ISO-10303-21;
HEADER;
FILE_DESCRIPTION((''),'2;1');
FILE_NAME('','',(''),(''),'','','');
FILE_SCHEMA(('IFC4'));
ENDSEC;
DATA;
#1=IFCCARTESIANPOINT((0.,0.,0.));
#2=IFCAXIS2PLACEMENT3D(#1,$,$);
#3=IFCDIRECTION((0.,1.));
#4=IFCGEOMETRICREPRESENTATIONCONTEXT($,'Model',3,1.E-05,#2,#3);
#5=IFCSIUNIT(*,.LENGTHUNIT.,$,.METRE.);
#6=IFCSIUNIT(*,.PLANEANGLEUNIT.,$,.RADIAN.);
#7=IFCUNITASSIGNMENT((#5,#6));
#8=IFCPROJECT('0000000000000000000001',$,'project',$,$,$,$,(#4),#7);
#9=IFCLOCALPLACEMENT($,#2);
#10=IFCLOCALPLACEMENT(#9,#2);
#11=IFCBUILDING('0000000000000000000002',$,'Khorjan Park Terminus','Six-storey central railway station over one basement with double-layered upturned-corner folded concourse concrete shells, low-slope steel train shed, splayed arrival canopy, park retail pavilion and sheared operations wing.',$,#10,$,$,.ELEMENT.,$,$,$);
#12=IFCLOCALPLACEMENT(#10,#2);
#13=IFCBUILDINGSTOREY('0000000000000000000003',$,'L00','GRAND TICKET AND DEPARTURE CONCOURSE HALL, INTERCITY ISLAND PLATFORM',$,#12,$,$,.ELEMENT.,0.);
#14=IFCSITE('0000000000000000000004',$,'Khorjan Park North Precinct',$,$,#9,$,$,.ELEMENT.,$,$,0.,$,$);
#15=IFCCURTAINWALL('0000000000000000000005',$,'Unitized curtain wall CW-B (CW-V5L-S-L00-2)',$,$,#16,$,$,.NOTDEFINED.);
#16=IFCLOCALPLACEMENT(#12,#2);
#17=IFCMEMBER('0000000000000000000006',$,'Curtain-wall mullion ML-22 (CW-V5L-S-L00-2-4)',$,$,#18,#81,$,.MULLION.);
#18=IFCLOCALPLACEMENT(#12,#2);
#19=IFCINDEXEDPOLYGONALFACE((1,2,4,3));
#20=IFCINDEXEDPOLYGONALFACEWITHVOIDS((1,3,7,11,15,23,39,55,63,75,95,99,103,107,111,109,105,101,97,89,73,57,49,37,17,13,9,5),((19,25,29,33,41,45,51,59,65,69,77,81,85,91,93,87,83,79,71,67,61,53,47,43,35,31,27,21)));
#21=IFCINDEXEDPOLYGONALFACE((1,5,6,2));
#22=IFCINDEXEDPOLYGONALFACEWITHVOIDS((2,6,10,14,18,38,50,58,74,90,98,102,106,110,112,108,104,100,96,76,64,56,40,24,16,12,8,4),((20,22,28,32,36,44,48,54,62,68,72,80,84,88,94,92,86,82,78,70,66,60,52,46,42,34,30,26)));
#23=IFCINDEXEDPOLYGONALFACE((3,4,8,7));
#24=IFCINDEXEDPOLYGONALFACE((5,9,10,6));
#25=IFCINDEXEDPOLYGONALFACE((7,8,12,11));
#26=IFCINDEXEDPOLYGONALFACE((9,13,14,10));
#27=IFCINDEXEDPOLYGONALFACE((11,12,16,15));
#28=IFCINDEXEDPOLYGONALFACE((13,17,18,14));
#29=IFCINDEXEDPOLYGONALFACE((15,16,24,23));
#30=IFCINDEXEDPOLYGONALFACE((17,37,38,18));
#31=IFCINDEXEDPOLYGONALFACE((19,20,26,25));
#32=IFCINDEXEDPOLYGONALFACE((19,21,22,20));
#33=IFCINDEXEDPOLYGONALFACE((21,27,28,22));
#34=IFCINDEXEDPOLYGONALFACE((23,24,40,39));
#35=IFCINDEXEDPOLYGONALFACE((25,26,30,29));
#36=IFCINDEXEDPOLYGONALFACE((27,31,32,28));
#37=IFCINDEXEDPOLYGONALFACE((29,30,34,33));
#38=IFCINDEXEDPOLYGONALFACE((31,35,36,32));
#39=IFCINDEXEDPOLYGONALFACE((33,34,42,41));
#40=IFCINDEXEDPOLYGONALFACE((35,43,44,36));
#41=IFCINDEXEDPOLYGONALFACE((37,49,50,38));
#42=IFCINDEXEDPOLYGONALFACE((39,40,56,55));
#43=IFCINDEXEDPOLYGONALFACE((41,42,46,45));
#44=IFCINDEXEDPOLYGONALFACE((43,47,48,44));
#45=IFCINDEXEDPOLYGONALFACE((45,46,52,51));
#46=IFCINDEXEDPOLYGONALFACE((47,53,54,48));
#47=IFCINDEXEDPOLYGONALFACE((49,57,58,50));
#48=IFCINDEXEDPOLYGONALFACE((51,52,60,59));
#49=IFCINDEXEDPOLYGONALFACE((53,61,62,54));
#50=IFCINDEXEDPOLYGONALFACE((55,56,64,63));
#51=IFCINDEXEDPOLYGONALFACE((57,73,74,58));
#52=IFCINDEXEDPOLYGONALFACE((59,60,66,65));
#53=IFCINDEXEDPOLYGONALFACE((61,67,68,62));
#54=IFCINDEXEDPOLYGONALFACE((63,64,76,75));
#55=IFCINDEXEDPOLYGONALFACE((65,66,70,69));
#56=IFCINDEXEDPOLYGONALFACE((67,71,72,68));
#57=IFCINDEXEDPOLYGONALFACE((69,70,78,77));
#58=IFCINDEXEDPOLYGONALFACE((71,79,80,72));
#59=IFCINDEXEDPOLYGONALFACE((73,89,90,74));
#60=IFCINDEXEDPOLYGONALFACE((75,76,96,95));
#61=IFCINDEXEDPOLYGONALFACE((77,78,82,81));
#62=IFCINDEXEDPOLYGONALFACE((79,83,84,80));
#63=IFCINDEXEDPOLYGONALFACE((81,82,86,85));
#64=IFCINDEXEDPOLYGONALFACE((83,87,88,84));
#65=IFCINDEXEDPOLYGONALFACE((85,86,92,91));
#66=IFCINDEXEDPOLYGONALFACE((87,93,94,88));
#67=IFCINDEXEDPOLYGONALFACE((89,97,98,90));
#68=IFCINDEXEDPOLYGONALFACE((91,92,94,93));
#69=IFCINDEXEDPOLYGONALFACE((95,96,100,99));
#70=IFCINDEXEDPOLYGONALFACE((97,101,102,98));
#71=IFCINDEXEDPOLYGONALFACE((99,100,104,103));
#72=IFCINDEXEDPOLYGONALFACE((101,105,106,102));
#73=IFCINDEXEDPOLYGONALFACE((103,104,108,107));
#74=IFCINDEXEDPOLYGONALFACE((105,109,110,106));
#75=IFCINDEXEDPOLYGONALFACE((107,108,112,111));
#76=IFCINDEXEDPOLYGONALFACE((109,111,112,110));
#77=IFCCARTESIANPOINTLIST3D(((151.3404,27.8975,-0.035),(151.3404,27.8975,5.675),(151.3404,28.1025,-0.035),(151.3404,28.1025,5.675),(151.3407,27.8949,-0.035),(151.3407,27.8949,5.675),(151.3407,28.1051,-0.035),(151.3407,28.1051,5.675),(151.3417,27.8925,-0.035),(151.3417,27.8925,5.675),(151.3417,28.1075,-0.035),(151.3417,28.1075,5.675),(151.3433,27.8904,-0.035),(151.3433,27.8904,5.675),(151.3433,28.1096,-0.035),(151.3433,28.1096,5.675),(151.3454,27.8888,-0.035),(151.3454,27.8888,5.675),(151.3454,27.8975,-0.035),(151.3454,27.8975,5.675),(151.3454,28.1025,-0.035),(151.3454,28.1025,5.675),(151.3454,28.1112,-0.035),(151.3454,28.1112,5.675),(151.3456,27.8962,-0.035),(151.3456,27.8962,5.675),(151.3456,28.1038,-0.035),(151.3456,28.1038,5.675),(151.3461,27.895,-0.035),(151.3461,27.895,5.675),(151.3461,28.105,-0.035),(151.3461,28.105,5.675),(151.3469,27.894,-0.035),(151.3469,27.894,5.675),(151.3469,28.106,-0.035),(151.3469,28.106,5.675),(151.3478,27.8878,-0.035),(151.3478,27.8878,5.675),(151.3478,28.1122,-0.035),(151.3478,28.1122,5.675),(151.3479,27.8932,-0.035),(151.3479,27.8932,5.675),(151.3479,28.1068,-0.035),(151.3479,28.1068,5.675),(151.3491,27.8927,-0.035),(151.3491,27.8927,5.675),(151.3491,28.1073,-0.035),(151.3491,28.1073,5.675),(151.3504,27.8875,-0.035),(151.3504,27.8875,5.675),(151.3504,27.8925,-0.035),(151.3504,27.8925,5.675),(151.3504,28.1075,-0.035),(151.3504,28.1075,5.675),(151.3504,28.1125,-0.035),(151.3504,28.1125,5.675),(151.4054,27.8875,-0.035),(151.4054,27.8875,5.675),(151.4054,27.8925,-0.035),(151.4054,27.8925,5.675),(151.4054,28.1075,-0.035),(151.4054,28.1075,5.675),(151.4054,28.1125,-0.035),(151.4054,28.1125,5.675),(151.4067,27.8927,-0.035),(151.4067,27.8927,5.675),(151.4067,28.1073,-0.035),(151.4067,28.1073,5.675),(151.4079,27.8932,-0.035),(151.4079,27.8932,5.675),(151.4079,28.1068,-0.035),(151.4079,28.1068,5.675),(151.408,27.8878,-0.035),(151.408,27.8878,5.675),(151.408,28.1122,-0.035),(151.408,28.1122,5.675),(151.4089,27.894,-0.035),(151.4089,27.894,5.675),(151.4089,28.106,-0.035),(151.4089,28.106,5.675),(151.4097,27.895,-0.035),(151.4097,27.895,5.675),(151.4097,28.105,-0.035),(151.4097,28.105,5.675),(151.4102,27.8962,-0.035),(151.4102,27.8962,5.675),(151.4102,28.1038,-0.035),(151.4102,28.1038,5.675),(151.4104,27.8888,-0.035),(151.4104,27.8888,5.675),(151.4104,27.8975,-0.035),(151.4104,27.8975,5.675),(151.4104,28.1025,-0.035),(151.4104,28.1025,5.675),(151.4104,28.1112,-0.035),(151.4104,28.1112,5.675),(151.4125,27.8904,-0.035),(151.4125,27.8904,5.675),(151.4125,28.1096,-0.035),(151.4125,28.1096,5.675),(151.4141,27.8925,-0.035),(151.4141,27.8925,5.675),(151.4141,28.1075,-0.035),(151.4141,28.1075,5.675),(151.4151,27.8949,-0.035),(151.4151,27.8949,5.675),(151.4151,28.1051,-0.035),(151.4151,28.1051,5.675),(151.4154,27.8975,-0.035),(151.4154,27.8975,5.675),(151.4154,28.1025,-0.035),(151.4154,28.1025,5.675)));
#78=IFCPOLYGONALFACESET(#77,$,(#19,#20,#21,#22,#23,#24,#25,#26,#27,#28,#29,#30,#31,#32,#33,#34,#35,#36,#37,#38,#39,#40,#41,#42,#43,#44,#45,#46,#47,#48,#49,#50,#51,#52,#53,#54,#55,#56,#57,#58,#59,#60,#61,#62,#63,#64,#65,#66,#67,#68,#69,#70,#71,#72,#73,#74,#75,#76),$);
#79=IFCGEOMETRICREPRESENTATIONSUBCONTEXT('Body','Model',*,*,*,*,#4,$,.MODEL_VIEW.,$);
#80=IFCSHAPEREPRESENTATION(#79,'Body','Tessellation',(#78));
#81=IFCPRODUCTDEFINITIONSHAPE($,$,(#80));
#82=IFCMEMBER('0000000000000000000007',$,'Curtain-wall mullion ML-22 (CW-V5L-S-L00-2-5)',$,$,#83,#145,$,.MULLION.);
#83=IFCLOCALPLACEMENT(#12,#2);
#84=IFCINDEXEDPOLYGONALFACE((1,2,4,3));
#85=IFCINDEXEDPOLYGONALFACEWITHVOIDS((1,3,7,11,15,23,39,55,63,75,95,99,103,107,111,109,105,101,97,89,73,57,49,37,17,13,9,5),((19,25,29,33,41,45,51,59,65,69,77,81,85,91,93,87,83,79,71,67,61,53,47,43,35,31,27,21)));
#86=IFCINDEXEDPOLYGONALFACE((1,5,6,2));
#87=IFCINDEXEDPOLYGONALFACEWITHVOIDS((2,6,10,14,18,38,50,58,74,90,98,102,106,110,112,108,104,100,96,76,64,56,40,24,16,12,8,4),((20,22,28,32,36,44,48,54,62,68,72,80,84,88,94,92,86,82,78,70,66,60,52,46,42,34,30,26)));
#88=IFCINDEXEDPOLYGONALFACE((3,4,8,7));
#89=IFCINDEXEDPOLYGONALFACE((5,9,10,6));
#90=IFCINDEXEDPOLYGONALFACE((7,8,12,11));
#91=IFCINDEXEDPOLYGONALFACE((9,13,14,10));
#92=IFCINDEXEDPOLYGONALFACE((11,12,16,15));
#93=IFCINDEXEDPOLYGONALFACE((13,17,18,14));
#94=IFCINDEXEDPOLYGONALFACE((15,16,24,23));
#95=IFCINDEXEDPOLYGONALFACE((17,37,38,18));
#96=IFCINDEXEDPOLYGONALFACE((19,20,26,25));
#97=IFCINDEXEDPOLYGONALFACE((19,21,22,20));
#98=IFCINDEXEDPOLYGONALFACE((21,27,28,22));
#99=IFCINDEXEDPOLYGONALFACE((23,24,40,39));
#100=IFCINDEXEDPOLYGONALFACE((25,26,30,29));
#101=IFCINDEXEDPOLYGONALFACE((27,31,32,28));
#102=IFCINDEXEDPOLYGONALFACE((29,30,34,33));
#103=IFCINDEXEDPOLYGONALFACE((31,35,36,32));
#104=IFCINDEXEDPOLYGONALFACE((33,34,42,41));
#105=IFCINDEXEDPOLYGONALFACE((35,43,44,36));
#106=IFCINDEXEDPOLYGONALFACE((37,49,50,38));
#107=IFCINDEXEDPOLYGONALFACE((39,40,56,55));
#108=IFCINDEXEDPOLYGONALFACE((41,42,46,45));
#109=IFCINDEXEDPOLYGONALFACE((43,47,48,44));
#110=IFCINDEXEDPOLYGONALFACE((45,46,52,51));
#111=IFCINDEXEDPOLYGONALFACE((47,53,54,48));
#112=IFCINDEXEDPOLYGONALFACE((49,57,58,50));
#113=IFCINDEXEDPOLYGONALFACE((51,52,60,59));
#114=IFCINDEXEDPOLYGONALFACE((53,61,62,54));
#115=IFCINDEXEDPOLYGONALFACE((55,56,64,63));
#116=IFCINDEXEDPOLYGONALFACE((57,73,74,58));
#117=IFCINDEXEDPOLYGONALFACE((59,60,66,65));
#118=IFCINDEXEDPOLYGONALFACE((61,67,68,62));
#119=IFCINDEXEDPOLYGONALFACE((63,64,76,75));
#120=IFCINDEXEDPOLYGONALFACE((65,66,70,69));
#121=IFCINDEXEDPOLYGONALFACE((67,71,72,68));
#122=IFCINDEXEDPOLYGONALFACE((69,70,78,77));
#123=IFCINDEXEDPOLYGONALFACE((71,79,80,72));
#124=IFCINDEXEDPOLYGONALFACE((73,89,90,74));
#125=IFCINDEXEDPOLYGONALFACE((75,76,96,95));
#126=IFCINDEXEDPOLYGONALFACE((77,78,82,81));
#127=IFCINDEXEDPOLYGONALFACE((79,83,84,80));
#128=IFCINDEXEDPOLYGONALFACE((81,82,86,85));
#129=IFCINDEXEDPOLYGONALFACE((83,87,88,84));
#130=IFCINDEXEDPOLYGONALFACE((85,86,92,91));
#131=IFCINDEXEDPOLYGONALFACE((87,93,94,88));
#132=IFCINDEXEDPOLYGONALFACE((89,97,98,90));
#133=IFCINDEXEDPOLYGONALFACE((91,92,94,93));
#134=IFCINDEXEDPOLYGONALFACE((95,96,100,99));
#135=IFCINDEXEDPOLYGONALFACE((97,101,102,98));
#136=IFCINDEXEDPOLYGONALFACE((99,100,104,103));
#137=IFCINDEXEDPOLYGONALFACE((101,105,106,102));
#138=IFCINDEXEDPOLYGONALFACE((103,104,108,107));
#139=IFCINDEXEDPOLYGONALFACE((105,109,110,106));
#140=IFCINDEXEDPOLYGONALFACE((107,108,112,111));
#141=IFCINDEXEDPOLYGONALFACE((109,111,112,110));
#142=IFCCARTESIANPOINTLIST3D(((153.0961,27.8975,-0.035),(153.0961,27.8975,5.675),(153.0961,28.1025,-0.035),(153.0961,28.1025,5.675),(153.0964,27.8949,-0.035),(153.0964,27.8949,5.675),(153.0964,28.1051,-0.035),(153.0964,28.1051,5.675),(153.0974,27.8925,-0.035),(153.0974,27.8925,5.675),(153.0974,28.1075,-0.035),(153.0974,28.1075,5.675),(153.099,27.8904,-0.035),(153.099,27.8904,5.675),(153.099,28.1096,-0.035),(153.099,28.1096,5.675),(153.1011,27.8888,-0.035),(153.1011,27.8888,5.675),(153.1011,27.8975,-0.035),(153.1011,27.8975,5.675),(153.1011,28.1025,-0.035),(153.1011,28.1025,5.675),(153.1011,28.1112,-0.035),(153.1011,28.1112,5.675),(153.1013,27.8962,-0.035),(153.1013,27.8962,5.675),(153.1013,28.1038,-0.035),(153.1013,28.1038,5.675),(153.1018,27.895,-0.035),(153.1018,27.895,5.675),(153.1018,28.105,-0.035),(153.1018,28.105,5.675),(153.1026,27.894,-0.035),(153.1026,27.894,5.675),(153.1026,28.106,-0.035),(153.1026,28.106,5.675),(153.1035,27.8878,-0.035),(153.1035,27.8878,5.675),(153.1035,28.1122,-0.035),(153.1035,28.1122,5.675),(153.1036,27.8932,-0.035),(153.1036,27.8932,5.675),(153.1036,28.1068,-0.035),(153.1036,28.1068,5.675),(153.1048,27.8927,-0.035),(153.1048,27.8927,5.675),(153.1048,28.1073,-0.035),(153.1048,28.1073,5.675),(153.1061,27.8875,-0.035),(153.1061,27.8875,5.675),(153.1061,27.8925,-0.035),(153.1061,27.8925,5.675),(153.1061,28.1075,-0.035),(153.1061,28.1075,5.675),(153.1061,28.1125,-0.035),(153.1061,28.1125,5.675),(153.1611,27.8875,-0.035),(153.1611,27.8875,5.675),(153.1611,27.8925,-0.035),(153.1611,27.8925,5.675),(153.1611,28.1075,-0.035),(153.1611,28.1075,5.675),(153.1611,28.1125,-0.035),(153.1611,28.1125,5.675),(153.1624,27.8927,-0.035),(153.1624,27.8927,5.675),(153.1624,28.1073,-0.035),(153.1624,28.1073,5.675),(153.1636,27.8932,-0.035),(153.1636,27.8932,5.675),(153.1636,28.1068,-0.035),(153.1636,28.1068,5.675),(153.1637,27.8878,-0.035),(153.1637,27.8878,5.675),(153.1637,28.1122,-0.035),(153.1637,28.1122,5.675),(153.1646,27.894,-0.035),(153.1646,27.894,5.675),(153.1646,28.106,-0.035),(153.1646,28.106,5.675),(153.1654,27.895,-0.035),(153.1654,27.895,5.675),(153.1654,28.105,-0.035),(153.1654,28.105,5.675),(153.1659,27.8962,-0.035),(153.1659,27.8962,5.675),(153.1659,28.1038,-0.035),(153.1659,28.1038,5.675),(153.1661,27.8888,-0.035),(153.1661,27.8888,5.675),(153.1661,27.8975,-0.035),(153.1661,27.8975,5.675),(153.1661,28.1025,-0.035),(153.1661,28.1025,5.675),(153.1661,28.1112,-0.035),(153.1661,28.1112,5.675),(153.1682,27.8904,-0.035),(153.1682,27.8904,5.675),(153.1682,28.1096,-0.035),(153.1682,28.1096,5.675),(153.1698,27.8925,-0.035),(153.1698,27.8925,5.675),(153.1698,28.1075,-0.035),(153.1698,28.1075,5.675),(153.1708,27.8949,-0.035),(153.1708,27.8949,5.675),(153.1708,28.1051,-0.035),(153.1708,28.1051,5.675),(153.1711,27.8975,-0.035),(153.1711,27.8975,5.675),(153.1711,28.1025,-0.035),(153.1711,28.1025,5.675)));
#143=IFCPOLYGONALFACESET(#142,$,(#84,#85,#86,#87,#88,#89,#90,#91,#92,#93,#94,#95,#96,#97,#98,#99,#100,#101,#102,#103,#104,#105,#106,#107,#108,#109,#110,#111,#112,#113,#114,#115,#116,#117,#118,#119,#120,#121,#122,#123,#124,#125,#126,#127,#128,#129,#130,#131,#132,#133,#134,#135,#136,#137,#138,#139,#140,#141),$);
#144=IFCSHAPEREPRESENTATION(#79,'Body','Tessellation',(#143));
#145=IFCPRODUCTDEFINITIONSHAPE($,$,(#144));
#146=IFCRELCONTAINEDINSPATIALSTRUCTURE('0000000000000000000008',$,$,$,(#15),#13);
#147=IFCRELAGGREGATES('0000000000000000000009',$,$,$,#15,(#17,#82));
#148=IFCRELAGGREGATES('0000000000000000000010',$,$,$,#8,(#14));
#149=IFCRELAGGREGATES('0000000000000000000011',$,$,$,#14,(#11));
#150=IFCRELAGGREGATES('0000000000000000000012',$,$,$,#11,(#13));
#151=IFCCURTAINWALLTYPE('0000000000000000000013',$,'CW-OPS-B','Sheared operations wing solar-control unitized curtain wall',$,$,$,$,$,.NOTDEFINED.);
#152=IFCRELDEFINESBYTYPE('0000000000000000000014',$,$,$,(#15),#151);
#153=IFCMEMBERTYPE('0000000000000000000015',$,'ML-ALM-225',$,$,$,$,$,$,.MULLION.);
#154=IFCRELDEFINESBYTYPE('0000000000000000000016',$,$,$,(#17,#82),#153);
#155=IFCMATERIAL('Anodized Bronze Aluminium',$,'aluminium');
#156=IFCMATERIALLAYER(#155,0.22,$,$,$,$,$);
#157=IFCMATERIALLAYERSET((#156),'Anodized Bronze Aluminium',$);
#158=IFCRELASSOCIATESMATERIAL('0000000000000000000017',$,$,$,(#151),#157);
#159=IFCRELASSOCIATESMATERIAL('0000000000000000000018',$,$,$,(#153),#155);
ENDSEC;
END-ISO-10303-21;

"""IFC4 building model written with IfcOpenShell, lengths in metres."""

from ifc_helpers import new_model, si_unit, direction, frame, origin, origin_2d, place, context, subcontext, project, spatial, hollow_rectangle, extrude, material, layer, layer_set, material_profile, profile_set, type_object, element, aggregate, save


model = new_model("IFC4")

# Units and contexts
model_context = context("Model", 3, precision=1e-05, world=origin(), true_north=direction((0.0, 1.0)))
body_context = subcontext(model_context, "Body", "Model", "MODEL_VIEW")
ifc_project = project(units=[si_unit("LENGTHUNIT", "METRE"), si_unit("PLANEANGLEUNIT", "RADIAN")], contexts=[model_context])

# Site, building, storey
site_placement = place(None, origin())
site = spatial("IfcSite", under=ifc_project, at=site_placement, Name="Khorjan Park North Precinct", CompositionType="ELEMENT", RefElevation=0.0)
building_placement = place(site_placement, origin())
building = spatial("IfcBuilding", under=site, at=building_placement, Name="Khorjan Park Terminus", Description="Six-storey central railway station over one basement with double-layered upturned-corner folded concourse concrete shells, low-slope steel train shed, splayed arrival canopy, park retail pavilion and sheared operations wing.", CompositionType="ELEMENT")
storey_placement = place(building_placement, origin())
storey = spatial("IfcBuildingStorey", under=building, at=storey_placement, Name="L00", Description="GRAND TICKET AND DEPARTURE CONCOURSE HALL, INTERCITY ISLAND PLATFORM", CompositionType="ELEMENT", Elevation=0.0)

# Curtain wall, members
ifc_material_1 = material(Name="Anodized Bronze Aluminium", Category="aluminium")
ifc_layer_1 = layer(ifc_material_1, 0.22)
ifc_layer_set_1 = layer_set([ifc_layer_1], Name="Anodized Bronze Aluminium")
curtain_wall_type = type_object("IfcCurtainWallType", Name="CW-OPS-B", Description="Sheared operations wing solar-control unitized curtain wall", PredefinedType="NOTDEFINED", material=ifc_layer_set_1)
curtain_wall_placement = place(storey_placement, origin())
curtain_wall = element("IfcCurtainWall", 1, at=curtain_wall_placement, inside=storey, type_object=curtain_wall_type, Name="Unitized curtain wall CW-B (CW-V5L-S-L00-2)", PredefinedType="NOTDEFINED")
ifc_material_profile_1 = material_profile(ifc_material_1, hollow_rectangle(XDim=0.075, YDim=0.225, WallThickness=0.005, InnerFilletRadius=0.005, OuterFilletRadius=0.01, at=origin_2d()), Name="ALM 75x225x5")
ifc_profile_set_1 = profile_set([ifc_material_profile_1], Name="Anodized Bronze Aluminium")
member_type_1 = type_object("IfcMemberType", Name="ML-ALM-225", PredefinedType="MULLION", material=ifc_profile_set_1)
member_1_placement = place(storey_placement, frame((151.3779, 28.0, -0.035), z_axis=(0.0, 0.0, 1.0), x_axis=(1.0, 0.0, 0.0)))
member_1 = element("IfcMember", 2, at=member_1_placement, type_object=member_type_1, Name="Curtain-wall mullion ML-22 (CW-V5L-S-L00-2-4)", PredefinedType="MULLION", context=body_context, shape_type="SweptSolid", body=[
    extrude(hollow_rectangle(XDim=0.075, YDim=0.225, WallThickness=0.005, InnerFilletRadius=0.005, OuterFilletRadius=0.01, at=origin_2d()), origin(), (0.0, 0.0, 1.0), 5.71),
])
member_2_placement = place(storey_placement, frame((153.1336, 28.0, -0.035), z_axis=(0.0, 0.0, 1.0), x_axis=(1.0, 0.0, 0.0)))
member_2 = element("IfcMember", 3, at=member_2_placement, type_object=member_type_1, Name="Curtain-wall mullion ML-22 (CW-V5L-S-L00-2-5)", PredefinedType="MULLION", context=body_context, shape_type="SweptSolid", body=[
    extrude(hollow_rectangle(XDim=0.075, YDim=0.225, WallThickness=0.005, InnerFilletRadius=0.005, OuterFilletRadius=0.01, at=origin_2d()), origin(), (0.0, 0.0, 1.0), 5.71),
])
aggregate(curtain_wall, [member_1, member_2])

save(model, "model.ifc")
